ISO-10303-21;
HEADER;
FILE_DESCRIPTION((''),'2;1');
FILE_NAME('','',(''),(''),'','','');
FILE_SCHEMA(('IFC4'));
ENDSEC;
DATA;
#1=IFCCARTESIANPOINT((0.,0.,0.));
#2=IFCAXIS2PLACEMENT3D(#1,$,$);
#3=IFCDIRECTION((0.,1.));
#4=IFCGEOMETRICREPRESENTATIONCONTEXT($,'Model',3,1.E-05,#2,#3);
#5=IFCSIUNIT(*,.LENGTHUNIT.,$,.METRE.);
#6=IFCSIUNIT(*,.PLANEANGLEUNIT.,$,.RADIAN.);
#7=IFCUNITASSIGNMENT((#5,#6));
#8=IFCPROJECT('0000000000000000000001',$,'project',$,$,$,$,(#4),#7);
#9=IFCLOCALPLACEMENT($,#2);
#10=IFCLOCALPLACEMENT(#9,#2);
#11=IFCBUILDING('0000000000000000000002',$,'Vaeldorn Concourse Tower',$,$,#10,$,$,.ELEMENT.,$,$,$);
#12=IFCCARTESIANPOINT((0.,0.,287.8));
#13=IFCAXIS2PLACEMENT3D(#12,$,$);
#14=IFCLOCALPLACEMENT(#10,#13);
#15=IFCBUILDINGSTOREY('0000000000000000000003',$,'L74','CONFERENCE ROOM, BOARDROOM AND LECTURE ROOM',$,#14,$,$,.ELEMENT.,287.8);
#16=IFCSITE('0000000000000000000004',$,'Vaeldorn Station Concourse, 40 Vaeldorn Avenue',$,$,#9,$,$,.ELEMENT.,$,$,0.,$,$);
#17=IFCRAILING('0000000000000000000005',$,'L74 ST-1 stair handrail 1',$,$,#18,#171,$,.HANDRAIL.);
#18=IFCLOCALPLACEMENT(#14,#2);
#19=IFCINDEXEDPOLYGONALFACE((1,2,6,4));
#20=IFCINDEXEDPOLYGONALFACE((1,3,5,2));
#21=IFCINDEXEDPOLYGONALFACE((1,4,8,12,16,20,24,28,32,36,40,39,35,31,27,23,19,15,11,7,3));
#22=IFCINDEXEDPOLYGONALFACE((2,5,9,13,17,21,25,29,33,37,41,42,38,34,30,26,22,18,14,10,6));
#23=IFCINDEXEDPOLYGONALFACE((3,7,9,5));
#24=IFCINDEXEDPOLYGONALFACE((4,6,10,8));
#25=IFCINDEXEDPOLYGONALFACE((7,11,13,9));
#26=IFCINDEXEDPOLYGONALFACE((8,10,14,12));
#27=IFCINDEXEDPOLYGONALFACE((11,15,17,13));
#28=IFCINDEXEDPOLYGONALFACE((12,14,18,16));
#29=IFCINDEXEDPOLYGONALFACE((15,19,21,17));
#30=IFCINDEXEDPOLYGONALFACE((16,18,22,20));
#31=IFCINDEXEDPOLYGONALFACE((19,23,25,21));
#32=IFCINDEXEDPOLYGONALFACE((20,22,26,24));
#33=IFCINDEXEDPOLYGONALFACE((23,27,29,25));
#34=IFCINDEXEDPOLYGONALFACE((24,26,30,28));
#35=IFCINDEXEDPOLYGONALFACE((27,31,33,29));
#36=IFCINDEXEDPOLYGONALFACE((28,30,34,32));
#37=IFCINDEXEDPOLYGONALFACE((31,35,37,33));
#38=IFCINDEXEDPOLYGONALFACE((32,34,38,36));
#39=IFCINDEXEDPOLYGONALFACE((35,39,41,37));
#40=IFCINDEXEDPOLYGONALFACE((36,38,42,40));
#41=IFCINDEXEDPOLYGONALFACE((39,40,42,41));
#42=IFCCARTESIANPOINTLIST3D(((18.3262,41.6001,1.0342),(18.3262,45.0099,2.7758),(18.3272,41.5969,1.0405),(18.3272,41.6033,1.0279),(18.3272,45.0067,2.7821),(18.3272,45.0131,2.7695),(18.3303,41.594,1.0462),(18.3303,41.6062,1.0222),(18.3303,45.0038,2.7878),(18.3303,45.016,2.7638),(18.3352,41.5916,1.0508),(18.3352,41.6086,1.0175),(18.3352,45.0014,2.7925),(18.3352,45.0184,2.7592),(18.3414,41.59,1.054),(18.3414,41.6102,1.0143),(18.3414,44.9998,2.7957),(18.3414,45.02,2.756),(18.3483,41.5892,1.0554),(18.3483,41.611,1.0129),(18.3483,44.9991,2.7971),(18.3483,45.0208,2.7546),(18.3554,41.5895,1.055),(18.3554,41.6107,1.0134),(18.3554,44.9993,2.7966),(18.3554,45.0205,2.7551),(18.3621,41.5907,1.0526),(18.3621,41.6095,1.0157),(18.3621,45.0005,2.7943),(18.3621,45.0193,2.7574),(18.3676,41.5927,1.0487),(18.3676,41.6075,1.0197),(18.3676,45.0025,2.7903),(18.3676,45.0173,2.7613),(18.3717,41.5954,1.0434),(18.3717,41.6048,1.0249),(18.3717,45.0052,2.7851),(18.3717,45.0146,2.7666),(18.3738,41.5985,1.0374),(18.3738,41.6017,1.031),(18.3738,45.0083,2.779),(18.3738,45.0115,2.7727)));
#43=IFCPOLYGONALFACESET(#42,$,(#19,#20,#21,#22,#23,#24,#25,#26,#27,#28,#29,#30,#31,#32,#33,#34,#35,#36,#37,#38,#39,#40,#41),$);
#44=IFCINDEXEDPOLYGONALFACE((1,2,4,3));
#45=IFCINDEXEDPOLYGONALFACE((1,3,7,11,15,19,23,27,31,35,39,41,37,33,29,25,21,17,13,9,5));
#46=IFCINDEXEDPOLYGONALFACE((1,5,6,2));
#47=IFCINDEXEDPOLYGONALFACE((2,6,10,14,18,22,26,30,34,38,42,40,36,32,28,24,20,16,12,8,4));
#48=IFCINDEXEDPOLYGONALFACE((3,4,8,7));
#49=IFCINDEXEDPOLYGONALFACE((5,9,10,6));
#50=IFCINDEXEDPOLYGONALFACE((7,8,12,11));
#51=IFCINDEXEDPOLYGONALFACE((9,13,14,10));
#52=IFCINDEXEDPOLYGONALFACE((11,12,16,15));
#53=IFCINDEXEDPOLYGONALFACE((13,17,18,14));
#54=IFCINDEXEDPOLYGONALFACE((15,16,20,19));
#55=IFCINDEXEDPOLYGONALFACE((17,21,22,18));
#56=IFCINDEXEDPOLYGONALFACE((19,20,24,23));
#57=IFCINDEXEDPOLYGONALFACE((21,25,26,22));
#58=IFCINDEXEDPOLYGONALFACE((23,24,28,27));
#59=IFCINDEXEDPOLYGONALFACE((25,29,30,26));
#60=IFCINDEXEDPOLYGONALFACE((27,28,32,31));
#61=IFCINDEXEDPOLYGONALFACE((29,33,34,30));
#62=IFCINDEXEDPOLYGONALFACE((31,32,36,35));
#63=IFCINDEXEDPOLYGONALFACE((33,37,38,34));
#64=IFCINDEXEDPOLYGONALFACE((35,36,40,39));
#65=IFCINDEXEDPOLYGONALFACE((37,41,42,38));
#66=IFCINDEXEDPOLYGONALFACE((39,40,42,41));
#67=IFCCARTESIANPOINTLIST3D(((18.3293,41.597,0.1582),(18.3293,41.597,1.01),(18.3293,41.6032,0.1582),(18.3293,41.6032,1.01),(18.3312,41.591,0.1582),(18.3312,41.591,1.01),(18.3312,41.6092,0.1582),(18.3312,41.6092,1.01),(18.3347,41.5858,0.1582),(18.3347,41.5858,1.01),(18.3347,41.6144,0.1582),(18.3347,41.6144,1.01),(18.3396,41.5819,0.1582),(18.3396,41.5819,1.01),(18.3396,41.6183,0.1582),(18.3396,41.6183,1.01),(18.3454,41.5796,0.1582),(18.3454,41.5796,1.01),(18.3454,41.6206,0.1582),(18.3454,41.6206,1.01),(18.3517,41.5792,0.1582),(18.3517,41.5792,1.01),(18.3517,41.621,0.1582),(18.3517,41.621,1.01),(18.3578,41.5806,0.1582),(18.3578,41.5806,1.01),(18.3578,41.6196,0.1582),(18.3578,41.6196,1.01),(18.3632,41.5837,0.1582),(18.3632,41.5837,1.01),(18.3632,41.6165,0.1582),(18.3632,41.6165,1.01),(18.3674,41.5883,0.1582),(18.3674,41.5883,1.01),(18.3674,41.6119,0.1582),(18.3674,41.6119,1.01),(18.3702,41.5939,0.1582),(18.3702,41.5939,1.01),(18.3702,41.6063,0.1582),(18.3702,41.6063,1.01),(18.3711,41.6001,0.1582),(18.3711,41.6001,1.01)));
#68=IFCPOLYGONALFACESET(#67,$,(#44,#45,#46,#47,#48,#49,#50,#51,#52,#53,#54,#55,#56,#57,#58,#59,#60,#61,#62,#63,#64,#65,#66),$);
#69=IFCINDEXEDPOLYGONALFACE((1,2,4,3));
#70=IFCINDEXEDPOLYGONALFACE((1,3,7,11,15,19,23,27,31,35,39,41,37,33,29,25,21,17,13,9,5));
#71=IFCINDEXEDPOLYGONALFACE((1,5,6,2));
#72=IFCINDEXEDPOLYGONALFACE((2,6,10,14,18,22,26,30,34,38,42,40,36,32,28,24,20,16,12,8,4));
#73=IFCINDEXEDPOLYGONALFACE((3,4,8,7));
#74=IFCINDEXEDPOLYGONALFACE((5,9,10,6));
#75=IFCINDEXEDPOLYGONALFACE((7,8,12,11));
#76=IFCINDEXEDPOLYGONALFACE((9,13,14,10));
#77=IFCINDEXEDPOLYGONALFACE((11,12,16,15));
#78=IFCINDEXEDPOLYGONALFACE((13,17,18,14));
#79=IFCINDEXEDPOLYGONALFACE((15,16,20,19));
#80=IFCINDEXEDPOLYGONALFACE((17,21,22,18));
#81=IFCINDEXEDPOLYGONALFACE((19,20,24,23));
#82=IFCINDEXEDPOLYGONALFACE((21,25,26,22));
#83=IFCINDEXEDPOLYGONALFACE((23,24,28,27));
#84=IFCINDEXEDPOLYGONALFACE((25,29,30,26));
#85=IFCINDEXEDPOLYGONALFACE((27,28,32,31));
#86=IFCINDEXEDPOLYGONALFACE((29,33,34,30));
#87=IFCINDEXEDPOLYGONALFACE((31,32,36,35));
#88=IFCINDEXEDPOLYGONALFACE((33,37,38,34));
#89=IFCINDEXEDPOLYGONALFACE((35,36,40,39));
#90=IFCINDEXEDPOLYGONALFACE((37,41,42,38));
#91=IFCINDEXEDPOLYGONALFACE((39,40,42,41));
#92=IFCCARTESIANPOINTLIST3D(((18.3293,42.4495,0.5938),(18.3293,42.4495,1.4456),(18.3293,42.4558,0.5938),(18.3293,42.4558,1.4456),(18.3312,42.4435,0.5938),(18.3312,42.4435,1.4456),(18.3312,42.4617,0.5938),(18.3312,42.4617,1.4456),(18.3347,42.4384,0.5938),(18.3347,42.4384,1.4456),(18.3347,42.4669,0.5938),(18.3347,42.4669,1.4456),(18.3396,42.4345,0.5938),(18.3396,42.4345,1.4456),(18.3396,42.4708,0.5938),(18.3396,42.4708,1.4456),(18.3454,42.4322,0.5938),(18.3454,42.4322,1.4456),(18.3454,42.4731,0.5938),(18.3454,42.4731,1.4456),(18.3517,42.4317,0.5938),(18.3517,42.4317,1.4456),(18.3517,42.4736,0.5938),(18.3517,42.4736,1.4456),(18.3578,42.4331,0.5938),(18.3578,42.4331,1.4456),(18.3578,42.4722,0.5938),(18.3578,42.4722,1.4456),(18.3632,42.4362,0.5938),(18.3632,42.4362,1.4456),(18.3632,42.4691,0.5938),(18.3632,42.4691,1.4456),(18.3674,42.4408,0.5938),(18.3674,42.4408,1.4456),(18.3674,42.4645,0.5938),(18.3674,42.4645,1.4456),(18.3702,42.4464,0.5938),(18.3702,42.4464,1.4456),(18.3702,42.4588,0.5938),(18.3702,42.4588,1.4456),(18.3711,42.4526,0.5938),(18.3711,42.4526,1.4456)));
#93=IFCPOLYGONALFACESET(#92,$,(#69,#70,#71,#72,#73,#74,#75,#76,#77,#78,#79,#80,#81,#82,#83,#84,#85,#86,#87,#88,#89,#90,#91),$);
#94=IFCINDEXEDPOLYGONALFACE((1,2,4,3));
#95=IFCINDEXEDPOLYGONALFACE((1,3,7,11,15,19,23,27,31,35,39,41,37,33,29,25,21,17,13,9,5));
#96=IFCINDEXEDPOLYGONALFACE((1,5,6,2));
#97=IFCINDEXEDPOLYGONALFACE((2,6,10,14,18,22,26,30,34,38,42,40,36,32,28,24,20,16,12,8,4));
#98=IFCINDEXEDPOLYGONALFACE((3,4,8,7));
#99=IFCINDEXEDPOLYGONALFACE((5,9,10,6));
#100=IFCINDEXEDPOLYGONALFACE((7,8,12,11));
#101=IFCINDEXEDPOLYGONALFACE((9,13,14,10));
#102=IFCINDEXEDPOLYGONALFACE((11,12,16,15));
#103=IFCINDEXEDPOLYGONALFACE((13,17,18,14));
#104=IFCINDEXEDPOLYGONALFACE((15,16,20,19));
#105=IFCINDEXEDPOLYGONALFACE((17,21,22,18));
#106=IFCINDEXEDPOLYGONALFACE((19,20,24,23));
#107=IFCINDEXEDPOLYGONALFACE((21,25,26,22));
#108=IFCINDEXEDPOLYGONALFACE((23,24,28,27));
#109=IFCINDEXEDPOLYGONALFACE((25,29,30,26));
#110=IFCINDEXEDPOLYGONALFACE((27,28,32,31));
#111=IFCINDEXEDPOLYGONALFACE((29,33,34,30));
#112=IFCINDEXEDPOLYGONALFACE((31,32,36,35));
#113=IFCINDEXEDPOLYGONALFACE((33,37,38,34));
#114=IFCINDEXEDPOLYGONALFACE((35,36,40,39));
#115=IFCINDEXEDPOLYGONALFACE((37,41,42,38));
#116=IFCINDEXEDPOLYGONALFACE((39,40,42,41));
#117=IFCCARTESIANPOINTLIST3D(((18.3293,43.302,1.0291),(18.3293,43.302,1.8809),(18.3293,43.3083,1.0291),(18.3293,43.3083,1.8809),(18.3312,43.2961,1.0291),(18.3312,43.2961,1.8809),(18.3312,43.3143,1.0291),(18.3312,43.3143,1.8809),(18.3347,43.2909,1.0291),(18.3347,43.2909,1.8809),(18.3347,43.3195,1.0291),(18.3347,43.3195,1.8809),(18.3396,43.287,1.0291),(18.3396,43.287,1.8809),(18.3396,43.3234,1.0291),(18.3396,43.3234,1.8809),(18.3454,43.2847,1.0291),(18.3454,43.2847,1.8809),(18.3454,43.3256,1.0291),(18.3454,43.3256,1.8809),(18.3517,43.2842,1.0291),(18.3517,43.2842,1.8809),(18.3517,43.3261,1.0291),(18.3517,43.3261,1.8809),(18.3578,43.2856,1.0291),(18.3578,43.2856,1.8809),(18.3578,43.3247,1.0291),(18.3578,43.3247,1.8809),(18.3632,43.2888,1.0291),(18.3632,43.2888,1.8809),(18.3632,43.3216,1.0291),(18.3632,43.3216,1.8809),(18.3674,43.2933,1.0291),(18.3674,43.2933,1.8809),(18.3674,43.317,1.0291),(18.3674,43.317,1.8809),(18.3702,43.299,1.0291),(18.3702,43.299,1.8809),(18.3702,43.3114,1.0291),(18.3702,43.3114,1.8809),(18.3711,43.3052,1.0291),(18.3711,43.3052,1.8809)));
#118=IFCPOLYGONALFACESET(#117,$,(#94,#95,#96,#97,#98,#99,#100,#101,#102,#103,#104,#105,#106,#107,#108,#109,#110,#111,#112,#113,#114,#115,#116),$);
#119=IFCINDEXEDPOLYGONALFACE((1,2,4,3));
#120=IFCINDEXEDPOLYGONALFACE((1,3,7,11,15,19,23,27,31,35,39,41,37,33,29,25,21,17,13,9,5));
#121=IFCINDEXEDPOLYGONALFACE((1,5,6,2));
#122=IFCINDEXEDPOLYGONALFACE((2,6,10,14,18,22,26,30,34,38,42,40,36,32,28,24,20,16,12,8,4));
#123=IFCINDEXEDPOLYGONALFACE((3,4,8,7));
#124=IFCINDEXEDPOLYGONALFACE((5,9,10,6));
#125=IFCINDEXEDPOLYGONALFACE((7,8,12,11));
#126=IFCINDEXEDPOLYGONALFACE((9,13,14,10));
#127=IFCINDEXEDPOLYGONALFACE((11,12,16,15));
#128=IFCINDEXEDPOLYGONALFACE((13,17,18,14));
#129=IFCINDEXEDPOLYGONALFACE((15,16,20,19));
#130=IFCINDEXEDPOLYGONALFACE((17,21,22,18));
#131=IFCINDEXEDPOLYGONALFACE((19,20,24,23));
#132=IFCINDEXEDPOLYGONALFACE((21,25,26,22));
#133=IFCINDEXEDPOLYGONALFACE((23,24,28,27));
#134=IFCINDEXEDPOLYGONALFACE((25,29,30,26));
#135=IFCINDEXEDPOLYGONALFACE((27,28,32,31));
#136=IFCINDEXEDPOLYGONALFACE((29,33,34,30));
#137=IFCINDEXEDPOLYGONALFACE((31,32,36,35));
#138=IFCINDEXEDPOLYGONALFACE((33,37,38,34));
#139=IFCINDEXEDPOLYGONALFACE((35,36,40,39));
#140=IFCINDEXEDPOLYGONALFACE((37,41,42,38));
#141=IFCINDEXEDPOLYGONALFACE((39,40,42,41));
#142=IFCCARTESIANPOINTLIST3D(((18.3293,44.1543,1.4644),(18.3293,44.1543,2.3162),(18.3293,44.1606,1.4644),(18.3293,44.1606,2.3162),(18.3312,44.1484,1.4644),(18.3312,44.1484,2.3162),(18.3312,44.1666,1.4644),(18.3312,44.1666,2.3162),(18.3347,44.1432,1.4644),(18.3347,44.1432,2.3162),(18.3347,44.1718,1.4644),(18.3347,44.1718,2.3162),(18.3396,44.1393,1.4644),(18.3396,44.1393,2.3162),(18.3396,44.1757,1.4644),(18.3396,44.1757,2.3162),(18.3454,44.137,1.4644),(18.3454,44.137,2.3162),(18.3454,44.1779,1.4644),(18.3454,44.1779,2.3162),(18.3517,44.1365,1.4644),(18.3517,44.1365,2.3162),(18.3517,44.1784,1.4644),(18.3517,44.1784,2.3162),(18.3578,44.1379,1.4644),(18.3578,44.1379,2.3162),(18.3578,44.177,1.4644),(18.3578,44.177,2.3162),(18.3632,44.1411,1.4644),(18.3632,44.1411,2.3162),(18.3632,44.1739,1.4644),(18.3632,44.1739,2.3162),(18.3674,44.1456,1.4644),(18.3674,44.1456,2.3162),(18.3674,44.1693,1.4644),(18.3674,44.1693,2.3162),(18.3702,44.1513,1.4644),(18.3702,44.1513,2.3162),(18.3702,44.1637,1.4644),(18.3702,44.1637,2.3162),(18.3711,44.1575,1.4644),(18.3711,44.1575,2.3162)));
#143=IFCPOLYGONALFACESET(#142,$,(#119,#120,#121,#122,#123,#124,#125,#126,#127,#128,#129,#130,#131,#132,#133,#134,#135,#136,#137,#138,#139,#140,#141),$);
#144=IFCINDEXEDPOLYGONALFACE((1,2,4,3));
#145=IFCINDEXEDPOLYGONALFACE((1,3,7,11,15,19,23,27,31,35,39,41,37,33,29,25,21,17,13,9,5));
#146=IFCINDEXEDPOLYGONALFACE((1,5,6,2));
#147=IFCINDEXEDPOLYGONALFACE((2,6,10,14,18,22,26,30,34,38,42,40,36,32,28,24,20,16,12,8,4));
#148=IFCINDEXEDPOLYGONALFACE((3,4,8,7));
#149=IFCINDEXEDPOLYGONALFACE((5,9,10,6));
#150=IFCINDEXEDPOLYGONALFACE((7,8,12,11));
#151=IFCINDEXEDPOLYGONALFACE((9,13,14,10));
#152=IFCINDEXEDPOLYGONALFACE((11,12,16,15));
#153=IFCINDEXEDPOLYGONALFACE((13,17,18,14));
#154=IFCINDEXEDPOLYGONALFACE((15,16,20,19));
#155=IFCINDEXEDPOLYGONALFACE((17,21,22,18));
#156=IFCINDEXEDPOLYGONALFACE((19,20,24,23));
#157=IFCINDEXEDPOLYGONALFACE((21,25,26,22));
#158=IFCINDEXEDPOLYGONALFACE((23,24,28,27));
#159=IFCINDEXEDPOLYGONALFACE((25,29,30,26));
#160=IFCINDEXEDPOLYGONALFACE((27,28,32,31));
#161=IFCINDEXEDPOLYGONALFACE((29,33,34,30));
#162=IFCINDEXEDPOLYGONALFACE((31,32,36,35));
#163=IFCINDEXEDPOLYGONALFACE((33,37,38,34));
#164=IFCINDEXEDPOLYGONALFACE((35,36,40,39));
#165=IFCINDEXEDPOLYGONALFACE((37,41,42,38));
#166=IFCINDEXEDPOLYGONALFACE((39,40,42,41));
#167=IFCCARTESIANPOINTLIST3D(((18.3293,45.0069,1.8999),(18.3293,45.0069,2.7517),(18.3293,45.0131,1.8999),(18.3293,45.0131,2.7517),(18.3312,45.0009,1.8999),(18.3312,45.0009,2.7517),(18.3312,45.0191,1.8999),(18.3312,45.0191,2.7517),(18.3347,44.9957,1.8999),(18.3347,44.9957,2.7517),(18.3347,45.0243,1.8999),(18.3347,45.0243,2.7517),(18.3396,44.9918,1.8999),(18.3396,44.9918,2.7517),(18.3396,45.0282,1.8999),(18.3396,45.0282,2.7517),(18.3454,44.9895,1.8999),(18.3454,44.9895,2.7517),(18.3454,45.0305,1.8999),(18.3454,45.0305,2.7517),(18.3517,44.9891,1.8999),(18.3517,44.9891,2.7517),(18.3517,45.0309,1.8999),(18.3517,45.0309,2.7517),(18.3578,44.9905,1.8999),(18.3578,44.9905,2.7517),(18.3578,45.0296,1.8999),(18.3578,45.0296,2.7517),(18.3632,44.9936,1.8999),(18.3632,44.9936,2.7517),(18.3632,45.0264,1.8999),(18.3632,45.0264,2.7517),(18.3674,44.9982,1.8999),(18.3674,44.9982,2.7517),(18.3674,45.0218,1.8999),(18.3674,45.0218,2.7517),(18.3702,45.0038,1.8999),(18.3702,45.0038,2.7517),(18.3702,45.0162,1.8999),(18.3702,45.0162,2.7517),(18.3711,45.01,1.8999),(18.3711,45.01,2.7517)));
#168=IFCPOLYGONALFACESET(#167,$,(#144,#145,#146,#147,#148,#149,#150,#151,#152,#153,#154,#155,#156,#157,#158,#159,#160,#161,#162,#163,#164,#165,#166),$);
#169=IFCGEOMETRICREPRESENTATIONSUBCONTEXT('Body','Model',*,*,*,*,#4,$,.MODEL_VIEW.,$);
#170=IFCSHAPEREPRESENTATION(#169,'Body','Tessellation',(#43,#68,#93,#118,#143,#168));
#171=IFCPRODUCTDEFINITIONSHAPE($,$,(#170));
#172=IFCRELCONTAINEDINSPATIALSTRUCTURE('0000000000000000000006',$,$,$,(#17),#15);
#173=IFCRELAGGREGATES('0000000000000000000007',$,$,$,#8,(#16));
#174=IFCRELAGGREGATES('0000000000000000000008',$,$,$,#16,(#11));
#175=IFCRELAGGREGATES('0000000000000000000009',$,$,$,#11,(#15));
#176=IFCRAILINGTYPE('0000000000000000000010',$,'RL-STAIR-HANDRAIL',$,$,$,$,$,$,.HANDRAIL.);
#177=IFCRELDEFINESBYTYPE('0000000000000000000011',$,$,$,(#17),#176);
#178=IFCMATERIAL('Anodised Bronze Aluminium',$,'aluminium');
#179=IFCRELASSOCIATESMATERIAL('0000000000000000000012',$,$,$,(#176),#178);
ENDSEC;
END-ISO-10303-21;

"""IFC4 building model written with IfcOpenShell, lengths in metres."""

from ifc_helpers import new_model, si_unit, direction, frame, origin, origin_2d, place, context, subcontext, project, spatial, circle, extrude, material, type_object, element, save


model = new_model("IFC4")

# Units and contexts
model_context = context("Model", 3, precision=1e-05, world=origin(), true_north=direction((0.0, 1.0)))
body_context = subcontext(model_context, "Body", "Model", "MODEL_VIEW")
ifc_project = project(units=[si_unit("LENGTHUNIT", "METRE"), si_unit("PLANEANGLEUNIT", "RADIAN")], contexts=[model_context])

# Site, building, storey
site_placement = place(None, origin())
site = spatial("IfcSite", under=ifc_project, at=site_placement, Name="Vaeldorn Station Concourse, 40 Vaeldorn Avenue", CompositionType="ELEMENT", RefElevation=0.0)
building_placement = place(site_placement, origin())
building = spatial("IfcBuilding", under=site, at=building_placement, Name="Vaeldorn Concourse Tower", CompositionType="ELEMENT")
storey_placement = place(building_placement, frame((0.0, 0.0, 287.8)))
storey = spatial("IfcBuildingStorey", under=building, at=storey_placement, Name="L74", Description="CONFERENCE ROOM, BOARDROOM AND LECTURE ROOM", CompositionType="ELEMENT", Elevation=287.8)

# Shared definitions
ifc_material_1 = material(Name="Anodised Bronze Aluminium", Category="aluminium")

# Railing
railing_type_1 = type_object("IfcRailingType", Name="RL-STAIR-HANDRAIL", PredefinedType="HANDRAIL", material=ifc_material_1)
railing_1_placement = place(storey_placement, frame((18.3501, 41.6001, 0.1582)))
element("IfcRailing", 1, at=railing_1_placement, inside=storey, type_object=railing_type_1, Name="L74 ST-1 stair handrail 1", PredefinedType="HANDRAIL", context=body_context, shape_type="SweptSolid", body=[
    extrude(circle(Radius=0.0239, at=origin_2d()), frame((0.0, 0.0, 0.876), z_axis=(0.0, 0.890556, 0.454874), x_axis=(-1.0, 0.0, 0.0)), (0.0, 0.0, 1.0), 3.8289),
    extrude(circle(Radius=0.021, at=origin_2d()), origin(), (0.0, 0.0, 1.0), 0.8518),
    extrude(circle(Radius=0.021, at=origin_2d()), frame((0.0, 0.8525, 0.4355)), (0.0, 0.0, 1.0), 0.8518),
    extrude(circle(Radius=0.021, at=origin_2d()), frame((0.0, 1.7051, 0.8708)), (0.0, 0.0, 1.0), 0.8518),
    extrude(circle(Radius=0.021, at=origin_2d()), frame((0.0, 2.5574, 1.3062)), (0.0, 0.0, 1.0), 0.8518),
    extrude(circle(Radius=0.021, at=origin_2d()), frame((0.0, 3.4099, 1.7417)), (0.0, 0.0, 1.0), 0.8518),
])

save(model, "model.ifc")
